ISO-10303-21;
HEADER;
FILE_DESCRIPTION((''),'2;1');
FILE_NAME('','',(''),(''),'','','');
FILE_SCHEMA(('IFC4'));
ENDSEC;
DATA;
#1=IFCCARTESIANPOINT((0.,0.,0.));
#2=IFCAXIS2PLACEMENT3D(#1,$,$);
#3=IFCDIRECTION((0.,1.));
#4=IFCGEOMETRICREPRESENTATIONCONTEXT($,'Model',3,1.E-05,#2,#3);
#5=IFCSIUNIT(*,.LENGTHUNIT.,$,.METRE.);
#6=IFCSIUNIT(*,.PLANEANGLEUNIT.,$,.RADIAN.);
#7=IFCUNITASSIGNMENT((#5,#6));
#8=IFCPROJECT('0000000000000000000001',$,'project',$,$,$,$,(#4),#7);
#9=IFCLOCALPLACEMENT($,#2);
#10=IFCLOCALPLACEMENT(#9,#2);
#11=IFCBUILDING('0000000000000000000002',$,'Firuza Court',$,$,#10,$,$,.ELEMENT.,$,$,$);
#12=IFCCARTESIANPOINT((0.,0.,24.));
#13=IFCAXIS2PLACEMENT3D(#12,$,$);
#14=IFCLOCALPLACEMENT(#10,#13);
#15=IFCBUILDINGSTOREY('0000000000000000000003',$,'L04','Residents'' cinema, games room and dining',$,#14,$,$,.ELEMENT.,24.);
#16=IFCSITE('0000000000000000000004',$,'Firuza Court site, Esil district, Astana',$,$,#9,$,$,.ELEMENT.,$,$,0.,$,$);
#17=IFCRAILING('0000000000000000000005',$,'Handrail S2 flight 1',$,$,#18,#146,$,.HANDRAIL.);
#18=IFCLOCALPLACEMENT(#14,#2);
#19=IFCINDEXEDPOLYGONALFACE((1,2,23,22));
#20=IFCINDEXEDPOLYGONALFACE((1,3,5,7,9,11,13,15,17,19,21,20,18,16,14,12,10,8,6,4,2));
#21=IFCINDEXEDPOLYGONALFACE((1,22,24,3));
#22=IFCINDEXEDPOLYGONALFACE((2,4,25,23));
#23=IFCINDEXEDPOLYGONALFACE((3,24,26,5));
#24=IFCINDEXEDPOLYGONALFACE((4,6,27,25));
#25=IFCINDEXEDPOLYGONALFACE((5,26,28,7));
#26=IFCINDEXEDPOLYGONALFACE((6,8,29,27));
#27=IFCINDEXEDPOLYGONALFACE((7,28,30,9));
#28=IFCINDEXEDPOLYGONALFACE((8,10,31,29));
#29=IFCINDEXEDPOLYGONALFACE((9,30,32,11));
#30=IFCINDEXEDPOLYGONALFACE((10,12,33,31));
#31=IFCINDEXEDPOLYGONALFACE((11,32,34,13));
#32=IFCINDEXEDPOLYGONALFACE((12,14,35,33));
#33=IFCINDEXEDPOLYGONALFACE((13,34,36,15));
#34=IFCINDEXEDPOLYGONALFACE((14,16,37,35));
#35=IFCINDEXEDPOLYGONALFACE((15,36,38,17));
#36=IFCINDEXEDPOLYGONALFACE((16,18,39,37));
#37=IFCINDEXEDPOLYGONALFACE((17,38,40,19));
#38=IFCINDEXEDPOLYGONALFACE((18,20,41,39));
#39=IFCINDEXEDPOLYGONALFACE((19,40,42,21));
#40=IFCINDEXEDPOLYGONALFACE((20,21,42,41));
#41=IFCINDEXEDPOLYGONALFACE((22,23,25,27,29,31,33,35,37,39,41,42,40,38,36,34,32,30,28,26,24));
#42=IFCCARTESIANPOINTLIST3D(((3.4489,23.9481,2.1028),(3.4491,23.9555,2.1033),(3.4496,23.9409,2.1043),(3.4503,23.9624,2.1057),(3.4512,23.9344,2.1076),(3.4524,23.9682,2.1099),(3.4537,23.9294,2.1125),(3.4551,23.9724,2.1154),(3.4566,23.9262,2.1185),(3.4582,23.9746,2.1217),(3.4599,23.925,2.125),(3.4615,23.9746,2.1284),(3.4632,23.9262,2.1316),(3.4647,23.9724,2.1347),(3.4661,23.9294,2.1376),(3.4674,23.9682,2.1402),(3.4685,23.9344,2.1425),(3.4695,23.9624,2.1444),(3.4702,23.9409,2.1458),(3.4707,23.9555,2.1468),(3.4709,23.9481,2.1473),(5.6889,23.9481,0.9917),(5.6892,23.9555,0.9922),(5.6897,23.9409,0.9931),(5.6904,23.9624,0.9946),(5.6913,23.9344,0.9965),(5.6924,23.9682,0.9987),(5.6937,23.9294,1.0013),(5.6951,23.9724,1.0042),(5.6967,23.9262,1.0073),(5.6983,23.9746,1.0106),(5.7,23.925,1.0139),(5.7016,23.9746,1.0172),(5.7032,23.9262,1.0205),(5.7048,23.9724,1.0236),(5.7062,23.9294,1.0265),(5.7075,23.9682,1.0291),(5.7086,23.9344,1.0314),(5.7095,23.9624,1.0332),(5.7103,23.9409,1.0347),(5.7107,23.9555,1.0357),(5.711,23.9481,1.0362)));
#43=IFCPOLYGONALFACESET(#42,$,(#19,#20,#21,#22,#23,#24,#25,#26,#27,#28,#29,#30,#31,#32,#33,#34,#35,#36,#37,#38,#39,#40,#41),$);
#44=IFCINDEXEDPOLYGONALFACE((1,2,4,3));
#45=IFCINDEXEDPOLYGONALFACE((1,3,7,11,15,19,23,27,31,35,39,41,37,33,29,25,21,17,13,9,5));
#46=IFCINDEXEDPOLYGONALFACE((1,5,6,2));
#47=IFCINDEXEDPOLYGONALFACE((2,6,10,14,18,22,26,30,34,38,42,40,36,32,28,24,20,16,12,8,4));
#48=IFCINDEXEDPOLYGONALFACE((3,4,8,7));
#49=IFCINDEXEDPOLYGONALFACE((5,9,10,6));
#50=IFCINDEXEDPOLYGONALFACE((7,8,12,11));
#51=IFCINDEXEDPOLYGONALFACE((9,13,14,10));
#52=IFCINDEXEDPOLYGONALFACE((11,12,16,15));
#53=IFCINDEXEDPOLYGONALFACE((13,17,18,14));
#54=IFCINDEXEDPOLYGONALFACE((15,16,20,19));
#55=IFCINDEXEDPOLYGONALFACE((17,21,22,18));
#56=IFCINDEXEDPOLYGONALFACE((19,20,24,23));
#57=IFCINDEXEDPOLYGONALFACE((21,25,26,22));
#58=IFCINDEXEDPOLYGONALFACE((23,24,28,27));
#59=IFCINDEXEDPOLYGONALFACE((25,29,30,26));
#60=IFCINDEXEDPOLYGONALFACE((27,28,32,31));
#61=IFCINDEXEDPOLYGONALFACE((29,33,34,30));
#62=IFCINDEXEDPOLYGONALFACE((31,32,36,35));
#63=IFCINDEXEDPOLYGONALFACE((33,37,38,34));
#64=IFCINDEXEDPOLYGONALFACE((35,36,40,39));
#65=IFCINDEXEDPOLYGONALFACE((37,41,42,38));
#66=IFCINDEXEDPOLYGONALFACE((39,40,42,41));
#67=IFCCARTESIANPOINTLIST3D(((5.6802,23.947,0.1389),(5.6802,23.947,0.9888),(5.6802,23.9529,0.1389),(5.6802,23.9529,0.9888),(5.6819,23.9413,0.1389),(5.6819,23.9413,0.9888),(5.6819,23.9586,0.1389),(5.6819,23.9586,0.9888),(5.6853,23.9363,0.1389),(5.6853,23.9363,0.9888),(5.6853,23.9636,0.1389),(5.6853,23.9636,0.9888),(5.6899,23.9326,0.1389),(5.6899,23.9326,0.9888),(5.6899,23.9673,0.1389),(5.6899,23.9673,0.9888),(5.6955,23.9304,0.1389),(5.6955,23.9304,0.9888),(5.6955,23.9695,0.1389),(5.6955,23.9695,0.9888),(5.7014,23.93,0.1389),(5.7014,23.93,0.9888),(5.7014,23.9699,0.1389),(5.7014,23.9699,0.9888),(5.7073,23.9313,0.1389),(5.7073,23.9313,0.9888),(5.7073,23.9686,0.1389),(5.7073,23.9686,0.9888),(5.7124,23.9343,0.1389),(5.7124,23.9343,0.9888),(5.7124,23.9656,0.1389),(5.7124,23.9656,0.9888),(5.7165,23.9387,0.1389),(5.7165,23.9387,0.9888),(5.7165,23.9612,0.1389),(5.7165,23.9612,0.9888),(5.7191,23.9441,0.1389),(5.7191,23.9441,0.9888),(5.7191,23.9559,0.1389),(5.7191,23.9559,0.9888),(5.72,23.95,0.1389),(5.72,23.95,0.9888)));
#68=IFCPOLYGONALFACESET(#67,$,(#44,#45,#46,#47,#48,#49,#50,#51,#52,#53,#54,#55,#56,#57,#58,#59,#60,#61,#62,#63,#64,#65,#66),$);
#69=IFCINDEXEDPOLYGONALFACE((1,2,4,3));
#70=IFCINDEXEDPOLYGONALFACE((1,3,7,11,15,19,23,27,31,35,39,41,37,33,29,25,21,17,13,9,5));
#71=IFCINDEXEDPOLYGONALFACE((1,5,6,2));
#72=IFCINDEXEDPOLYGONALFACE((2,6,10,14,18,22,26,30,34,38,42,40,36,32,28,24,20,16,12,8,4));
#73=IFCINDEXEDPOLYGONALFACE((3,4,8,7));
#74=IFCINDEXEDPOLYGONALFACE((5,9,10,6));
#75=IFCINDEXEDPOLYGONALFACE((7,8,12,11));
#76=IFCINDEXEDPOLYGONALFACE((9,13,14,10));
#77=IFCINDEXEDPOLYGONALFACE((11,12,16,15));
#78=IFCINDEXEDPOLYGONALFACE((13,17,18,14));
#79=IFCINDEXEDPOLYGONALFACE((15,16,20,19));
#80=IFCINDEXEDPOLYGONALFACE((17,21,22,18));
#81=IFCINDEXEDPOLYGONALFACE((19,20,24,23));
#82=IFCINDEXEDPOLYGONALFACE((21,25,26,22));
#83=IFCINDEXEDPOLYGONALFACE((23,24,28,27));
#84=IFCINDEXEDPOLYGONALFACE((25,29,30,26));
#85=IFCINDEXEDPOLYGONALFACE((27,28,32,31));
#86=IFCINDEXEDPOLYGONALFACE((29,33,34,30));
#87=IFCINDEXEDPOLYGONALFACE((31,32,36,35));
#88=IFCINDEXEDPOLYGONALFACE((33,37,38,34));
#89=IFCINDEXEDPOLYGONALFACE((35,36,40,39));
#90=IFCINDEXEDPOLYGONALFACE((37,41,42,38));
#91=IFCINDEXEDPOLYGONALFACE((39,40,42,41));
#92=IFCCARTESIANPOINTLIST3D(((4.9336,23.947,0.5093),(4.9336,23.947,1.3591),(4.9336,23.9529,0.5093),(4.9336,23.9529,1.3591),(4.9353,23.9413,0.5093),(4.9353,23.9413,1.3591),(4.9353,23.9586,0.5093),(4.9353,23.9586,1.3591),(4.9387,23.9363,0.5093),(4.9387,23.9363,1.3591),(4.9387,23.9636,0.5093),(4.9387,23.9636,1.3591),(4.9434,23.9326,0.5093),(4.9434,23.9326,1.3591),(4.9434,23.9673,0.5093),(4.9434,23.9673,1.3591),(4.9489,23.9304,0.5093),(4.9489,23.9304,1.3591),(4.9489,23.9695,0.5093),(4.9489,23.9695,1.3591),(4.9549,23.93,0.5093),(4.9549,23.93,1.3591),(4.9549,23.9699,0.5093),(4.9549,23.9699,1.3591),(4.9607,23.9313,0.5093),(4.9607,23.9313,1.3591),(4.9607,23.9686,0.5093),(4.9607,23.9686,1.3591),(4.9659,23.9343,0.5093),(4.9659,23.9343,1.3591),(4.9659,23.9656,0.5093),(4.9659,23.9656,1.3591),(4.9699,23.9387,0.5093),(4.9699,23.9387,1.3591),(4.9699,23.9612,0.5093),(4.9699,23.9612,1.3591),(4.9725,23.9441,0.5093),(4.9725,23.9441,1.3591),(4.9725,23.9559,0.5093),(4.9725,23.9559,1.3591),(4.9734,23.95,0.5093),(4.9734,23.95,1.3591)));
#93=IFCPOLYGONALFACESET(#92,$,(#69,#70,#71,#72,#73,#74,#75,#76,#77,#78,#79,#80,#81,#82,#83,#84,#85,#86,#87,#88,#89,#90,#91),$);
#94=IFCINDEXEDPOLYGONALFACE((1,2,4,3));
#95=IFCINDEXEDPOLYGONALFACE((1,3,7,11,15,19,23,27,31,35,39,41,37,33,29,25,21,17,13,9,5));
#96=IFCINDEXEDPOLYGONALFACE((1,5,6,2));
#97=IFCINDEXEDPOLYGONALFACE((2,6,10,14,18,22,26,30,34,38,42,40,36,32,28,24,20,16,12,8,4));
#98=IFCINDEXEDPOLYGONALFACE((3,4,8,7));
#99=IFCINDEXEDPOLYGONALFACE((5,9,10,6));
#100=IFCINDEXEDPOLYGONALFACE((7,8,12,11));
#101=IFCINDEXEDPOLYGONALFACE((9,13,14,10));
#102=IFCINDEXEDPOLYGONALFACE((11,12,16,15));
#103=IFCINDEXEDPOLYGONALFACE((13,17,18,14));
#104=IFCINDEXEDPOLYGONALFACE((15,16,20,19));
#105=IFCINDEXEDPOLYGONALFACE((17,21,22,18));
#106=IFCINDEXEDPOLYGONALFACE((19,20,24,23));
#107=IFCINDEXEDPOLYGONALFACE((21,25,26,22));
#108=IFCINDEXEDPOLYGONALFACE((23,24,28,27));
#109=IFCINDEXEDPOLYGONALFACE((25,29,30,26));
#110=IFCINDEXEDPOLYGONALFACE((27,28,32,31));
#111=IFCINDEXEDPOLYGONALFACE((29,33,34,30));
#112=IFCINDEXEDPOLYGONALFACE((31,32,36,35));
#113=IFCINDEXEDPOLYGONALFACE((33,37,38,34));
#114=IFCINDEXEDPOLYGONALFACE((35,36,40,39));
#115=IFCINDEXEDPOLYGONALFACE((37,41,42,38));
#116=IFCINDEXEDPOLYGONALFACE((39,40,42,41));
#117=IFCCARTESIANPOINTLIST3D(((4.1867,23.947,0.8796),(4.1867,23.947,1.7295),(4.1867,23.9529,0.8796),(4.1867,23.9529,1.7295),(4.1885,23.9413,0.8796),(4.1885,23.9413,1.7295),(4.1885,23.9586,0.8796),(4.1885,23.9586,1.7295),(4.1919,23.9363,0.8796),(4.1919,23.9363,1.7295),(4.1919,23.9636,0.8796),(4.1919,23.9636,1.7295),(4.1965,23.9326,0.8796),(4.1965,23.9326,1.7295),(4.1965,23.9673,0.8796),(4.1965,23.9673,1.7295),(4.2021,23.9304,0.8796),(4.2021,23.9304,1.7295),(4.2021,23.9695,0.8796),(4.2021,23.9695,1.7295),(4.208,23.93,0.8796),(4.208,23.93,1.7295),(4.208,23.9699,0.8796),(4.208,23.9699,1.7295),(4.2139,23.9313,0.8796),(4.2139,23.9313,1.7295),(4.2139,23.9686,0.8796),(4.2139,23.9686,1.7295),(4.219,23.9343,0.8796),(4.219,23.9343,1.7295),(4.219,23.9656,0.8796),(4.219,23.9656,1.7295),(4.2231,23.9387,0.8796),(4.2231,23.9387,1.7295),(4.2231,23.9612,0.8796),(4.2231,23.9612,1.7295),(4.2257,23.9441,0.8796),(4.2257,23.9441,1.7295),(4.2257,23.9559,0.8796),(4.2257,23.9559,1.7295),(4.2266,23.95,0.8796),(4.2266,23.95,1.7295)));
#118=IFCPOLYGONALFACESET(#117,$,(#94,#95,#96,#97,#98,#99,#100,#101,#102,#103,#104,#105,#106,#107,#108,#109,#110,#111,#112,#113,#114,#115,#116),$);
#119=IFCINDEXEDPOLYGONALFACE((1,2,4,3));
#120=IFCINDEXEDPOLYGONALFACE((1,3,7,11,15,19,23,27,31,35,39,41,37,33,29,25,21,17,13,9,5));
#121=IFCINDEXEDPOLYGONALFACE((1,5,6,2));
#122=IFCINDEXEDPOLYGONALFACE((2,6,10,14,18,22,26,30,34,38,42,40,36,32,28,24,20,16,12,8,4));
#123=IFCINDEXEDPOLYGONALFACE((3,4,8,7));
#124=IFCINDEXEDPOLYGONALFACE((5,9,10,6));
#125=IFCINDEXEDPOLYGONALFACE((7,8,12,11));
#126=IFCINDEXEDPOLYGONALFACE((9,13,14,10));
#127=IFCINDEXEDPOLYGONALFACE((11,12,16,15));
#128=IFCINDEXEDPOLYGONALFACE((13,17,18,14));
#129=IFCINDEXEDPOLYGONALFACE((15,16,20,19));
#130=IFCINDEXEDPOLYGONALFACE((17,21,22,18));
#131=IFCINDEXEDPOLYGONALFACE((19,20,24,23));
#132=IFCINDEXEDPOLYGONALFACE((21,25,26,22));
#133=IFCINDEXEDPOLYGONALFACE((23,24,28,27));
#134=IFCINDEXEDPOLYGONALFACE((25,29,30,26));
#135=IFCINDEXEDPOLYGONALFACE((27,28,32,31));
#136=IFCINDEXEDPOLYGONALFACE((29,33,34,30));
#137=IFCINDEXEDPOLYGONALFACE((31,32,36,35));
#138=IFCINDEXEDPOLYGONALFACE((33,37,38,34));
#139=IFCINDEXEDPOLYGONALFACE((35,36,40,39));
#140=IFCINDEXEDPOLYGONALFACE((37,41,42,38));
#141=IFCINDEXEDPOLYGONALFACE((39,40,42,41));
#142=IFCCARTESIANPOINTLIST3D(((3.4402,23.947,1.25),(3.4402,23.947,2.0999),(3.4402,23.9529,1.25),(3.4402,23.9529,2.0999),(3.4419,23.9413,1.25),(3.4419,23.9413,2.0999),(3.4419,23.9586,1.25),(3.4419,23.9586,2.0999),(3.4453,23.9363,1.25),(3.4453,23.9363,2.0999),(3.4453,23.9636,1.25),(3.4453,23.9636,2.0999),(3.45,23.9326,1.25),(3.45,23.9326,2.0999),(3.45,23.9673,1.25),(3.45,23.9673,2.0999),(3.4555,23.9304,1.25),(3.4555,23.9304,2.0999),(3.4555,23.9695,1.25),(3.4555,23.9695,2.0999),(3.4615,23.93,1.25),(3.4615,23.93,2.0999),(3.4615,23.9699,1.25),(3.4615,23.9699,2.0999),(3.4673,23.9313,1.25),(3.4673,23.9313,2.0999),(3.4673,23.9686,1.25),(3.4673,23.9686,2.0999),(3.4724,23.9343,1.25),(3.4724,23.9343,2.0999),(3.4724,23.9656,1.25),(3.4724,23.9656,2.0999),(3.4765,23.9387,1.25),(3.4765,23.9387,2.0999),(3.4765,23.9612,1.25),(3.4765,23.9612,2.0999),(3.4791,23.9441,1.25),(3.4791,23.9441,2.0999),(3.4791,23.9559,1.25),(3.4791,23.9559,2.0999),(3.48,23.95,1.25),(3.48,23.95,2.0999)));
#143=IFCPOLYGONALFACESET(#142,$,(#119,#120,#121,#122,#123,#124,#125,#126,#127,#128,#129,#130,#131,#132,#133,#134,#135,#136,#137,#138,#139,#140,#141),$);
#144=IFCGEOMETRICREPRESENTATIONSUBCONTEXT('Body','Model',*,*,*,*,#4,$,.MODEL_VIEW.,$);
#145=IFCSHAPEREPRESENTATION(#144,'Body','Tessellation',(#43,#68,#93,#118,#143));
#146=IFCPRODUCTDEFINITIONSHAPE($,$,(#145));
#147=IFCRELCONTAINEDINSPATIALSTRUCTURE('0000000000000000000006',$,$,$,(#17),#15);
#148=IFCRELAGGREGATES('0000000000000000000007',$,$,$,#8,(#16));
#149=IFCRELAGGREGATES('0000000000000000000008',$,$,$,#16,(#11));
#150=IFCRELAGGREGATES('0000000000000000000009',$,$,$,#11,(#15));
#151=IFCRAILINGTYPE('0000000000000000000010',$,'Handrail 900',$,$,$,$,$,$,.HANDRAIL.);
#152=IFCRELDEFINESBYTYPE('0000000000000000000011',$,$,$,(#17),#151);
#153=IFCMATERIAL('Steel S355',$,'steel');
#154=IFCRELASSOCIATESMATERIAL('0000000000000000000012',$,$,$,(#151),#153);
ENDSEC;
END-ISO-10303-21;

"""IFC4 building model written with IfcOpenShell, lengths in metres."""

from ifc_helpers import new_model, si_unit, direction, frame, origin, origin_2d, place, context, subcontext, project, spatial, circle, extrude, material, type_object, element, save


model = new_model("IFC4")

# Units and contexts
model_context = context("Model", 3, precision=1e-05, world=origin(), true_north=direction((0.0, 1.0)))
body_context = subcontext(model_context, "Body", "Model", "MODEL_VIEW")
ifc_project = project(units=[si_unit("LENGTHUNIT", "METRE"), si_unit("PLANEANGLEUNIT", "RADIAN")], contexts=[model_context])

# Site, building, storey
site_placement = place(None, origin())
site = spatial("IfcSite", under=ifc_project, at=site_placement, Name="Firuza Court site, Esil district, Astana", CompositionType="ELEMENT", RefElevation=0.0)
building_placement = place(site_placement, origin())
building = spatial("IfcBuilding", under=site, at=building_placement, Name="Firuza Court", CompositionType="ELEMENT")
storey_placement = place(building_placement, frame((0.0, 0.0, 24.0)))
storey = spatial("IfcBuildingStorey", under=building, at=storey_placement, Name="L04", Description="Residents' cinema, games room and dining", CompositionType="ELEMENT", Elevation=24.0)

# Railing
ifc_material_1 = material(Name="Steel S355", Category="steel")
railing_type_1 = type_object("IfcRailingType", Name="Handrail 900", PredefinedType="HANDRAIL", material=ifc_material_1)
for number, where, name in (
    (1, (5.7, 23.95, 0.1389), "Handrail S2 flight 1"),
):
    element("IfcRailing", number, at=place(storey_placement, frame(where)), inside=storey, type_object=railing_type_1, Name=name, PredefinedType="HANDRAIL", context=body_context, shape_type="SweptSolid", body=[
        extrude(circle(Radius=0.0249, at=origin_2d()), frame((0.0, 0.0, 0.875), z_axis=(-0.895848, 0.0, 0.44436), x_axis=(0.0, -1.0, 0.0)), (0.0, 0.0, 1.0), 2.5005),
        extrude(circle(Radius=0.02, at=origin_2d()), origin(), (0.0, 0.0, 1.0), 0.8499),
        extrude(circle(Radius=0.02, at=origin_2d()), frame((-0.7466, 0.0, 0.3704)), (0.0, 0.0, 1.0), 0.8499),
        extrude(circle(Radius=0.02, at=origin_2d()), frame((-1.4934, 0.0, 0.7407)), (0.0, 0.0, 1.0), 0.8499),
        extrude(circle(Radius=0.02, at=origin_2d()), frame((-2.24, 0.0, 1.1111)), (0.0, 0.0, 1.0), 0.8499),
    ])

save(model, "model.ifc")
